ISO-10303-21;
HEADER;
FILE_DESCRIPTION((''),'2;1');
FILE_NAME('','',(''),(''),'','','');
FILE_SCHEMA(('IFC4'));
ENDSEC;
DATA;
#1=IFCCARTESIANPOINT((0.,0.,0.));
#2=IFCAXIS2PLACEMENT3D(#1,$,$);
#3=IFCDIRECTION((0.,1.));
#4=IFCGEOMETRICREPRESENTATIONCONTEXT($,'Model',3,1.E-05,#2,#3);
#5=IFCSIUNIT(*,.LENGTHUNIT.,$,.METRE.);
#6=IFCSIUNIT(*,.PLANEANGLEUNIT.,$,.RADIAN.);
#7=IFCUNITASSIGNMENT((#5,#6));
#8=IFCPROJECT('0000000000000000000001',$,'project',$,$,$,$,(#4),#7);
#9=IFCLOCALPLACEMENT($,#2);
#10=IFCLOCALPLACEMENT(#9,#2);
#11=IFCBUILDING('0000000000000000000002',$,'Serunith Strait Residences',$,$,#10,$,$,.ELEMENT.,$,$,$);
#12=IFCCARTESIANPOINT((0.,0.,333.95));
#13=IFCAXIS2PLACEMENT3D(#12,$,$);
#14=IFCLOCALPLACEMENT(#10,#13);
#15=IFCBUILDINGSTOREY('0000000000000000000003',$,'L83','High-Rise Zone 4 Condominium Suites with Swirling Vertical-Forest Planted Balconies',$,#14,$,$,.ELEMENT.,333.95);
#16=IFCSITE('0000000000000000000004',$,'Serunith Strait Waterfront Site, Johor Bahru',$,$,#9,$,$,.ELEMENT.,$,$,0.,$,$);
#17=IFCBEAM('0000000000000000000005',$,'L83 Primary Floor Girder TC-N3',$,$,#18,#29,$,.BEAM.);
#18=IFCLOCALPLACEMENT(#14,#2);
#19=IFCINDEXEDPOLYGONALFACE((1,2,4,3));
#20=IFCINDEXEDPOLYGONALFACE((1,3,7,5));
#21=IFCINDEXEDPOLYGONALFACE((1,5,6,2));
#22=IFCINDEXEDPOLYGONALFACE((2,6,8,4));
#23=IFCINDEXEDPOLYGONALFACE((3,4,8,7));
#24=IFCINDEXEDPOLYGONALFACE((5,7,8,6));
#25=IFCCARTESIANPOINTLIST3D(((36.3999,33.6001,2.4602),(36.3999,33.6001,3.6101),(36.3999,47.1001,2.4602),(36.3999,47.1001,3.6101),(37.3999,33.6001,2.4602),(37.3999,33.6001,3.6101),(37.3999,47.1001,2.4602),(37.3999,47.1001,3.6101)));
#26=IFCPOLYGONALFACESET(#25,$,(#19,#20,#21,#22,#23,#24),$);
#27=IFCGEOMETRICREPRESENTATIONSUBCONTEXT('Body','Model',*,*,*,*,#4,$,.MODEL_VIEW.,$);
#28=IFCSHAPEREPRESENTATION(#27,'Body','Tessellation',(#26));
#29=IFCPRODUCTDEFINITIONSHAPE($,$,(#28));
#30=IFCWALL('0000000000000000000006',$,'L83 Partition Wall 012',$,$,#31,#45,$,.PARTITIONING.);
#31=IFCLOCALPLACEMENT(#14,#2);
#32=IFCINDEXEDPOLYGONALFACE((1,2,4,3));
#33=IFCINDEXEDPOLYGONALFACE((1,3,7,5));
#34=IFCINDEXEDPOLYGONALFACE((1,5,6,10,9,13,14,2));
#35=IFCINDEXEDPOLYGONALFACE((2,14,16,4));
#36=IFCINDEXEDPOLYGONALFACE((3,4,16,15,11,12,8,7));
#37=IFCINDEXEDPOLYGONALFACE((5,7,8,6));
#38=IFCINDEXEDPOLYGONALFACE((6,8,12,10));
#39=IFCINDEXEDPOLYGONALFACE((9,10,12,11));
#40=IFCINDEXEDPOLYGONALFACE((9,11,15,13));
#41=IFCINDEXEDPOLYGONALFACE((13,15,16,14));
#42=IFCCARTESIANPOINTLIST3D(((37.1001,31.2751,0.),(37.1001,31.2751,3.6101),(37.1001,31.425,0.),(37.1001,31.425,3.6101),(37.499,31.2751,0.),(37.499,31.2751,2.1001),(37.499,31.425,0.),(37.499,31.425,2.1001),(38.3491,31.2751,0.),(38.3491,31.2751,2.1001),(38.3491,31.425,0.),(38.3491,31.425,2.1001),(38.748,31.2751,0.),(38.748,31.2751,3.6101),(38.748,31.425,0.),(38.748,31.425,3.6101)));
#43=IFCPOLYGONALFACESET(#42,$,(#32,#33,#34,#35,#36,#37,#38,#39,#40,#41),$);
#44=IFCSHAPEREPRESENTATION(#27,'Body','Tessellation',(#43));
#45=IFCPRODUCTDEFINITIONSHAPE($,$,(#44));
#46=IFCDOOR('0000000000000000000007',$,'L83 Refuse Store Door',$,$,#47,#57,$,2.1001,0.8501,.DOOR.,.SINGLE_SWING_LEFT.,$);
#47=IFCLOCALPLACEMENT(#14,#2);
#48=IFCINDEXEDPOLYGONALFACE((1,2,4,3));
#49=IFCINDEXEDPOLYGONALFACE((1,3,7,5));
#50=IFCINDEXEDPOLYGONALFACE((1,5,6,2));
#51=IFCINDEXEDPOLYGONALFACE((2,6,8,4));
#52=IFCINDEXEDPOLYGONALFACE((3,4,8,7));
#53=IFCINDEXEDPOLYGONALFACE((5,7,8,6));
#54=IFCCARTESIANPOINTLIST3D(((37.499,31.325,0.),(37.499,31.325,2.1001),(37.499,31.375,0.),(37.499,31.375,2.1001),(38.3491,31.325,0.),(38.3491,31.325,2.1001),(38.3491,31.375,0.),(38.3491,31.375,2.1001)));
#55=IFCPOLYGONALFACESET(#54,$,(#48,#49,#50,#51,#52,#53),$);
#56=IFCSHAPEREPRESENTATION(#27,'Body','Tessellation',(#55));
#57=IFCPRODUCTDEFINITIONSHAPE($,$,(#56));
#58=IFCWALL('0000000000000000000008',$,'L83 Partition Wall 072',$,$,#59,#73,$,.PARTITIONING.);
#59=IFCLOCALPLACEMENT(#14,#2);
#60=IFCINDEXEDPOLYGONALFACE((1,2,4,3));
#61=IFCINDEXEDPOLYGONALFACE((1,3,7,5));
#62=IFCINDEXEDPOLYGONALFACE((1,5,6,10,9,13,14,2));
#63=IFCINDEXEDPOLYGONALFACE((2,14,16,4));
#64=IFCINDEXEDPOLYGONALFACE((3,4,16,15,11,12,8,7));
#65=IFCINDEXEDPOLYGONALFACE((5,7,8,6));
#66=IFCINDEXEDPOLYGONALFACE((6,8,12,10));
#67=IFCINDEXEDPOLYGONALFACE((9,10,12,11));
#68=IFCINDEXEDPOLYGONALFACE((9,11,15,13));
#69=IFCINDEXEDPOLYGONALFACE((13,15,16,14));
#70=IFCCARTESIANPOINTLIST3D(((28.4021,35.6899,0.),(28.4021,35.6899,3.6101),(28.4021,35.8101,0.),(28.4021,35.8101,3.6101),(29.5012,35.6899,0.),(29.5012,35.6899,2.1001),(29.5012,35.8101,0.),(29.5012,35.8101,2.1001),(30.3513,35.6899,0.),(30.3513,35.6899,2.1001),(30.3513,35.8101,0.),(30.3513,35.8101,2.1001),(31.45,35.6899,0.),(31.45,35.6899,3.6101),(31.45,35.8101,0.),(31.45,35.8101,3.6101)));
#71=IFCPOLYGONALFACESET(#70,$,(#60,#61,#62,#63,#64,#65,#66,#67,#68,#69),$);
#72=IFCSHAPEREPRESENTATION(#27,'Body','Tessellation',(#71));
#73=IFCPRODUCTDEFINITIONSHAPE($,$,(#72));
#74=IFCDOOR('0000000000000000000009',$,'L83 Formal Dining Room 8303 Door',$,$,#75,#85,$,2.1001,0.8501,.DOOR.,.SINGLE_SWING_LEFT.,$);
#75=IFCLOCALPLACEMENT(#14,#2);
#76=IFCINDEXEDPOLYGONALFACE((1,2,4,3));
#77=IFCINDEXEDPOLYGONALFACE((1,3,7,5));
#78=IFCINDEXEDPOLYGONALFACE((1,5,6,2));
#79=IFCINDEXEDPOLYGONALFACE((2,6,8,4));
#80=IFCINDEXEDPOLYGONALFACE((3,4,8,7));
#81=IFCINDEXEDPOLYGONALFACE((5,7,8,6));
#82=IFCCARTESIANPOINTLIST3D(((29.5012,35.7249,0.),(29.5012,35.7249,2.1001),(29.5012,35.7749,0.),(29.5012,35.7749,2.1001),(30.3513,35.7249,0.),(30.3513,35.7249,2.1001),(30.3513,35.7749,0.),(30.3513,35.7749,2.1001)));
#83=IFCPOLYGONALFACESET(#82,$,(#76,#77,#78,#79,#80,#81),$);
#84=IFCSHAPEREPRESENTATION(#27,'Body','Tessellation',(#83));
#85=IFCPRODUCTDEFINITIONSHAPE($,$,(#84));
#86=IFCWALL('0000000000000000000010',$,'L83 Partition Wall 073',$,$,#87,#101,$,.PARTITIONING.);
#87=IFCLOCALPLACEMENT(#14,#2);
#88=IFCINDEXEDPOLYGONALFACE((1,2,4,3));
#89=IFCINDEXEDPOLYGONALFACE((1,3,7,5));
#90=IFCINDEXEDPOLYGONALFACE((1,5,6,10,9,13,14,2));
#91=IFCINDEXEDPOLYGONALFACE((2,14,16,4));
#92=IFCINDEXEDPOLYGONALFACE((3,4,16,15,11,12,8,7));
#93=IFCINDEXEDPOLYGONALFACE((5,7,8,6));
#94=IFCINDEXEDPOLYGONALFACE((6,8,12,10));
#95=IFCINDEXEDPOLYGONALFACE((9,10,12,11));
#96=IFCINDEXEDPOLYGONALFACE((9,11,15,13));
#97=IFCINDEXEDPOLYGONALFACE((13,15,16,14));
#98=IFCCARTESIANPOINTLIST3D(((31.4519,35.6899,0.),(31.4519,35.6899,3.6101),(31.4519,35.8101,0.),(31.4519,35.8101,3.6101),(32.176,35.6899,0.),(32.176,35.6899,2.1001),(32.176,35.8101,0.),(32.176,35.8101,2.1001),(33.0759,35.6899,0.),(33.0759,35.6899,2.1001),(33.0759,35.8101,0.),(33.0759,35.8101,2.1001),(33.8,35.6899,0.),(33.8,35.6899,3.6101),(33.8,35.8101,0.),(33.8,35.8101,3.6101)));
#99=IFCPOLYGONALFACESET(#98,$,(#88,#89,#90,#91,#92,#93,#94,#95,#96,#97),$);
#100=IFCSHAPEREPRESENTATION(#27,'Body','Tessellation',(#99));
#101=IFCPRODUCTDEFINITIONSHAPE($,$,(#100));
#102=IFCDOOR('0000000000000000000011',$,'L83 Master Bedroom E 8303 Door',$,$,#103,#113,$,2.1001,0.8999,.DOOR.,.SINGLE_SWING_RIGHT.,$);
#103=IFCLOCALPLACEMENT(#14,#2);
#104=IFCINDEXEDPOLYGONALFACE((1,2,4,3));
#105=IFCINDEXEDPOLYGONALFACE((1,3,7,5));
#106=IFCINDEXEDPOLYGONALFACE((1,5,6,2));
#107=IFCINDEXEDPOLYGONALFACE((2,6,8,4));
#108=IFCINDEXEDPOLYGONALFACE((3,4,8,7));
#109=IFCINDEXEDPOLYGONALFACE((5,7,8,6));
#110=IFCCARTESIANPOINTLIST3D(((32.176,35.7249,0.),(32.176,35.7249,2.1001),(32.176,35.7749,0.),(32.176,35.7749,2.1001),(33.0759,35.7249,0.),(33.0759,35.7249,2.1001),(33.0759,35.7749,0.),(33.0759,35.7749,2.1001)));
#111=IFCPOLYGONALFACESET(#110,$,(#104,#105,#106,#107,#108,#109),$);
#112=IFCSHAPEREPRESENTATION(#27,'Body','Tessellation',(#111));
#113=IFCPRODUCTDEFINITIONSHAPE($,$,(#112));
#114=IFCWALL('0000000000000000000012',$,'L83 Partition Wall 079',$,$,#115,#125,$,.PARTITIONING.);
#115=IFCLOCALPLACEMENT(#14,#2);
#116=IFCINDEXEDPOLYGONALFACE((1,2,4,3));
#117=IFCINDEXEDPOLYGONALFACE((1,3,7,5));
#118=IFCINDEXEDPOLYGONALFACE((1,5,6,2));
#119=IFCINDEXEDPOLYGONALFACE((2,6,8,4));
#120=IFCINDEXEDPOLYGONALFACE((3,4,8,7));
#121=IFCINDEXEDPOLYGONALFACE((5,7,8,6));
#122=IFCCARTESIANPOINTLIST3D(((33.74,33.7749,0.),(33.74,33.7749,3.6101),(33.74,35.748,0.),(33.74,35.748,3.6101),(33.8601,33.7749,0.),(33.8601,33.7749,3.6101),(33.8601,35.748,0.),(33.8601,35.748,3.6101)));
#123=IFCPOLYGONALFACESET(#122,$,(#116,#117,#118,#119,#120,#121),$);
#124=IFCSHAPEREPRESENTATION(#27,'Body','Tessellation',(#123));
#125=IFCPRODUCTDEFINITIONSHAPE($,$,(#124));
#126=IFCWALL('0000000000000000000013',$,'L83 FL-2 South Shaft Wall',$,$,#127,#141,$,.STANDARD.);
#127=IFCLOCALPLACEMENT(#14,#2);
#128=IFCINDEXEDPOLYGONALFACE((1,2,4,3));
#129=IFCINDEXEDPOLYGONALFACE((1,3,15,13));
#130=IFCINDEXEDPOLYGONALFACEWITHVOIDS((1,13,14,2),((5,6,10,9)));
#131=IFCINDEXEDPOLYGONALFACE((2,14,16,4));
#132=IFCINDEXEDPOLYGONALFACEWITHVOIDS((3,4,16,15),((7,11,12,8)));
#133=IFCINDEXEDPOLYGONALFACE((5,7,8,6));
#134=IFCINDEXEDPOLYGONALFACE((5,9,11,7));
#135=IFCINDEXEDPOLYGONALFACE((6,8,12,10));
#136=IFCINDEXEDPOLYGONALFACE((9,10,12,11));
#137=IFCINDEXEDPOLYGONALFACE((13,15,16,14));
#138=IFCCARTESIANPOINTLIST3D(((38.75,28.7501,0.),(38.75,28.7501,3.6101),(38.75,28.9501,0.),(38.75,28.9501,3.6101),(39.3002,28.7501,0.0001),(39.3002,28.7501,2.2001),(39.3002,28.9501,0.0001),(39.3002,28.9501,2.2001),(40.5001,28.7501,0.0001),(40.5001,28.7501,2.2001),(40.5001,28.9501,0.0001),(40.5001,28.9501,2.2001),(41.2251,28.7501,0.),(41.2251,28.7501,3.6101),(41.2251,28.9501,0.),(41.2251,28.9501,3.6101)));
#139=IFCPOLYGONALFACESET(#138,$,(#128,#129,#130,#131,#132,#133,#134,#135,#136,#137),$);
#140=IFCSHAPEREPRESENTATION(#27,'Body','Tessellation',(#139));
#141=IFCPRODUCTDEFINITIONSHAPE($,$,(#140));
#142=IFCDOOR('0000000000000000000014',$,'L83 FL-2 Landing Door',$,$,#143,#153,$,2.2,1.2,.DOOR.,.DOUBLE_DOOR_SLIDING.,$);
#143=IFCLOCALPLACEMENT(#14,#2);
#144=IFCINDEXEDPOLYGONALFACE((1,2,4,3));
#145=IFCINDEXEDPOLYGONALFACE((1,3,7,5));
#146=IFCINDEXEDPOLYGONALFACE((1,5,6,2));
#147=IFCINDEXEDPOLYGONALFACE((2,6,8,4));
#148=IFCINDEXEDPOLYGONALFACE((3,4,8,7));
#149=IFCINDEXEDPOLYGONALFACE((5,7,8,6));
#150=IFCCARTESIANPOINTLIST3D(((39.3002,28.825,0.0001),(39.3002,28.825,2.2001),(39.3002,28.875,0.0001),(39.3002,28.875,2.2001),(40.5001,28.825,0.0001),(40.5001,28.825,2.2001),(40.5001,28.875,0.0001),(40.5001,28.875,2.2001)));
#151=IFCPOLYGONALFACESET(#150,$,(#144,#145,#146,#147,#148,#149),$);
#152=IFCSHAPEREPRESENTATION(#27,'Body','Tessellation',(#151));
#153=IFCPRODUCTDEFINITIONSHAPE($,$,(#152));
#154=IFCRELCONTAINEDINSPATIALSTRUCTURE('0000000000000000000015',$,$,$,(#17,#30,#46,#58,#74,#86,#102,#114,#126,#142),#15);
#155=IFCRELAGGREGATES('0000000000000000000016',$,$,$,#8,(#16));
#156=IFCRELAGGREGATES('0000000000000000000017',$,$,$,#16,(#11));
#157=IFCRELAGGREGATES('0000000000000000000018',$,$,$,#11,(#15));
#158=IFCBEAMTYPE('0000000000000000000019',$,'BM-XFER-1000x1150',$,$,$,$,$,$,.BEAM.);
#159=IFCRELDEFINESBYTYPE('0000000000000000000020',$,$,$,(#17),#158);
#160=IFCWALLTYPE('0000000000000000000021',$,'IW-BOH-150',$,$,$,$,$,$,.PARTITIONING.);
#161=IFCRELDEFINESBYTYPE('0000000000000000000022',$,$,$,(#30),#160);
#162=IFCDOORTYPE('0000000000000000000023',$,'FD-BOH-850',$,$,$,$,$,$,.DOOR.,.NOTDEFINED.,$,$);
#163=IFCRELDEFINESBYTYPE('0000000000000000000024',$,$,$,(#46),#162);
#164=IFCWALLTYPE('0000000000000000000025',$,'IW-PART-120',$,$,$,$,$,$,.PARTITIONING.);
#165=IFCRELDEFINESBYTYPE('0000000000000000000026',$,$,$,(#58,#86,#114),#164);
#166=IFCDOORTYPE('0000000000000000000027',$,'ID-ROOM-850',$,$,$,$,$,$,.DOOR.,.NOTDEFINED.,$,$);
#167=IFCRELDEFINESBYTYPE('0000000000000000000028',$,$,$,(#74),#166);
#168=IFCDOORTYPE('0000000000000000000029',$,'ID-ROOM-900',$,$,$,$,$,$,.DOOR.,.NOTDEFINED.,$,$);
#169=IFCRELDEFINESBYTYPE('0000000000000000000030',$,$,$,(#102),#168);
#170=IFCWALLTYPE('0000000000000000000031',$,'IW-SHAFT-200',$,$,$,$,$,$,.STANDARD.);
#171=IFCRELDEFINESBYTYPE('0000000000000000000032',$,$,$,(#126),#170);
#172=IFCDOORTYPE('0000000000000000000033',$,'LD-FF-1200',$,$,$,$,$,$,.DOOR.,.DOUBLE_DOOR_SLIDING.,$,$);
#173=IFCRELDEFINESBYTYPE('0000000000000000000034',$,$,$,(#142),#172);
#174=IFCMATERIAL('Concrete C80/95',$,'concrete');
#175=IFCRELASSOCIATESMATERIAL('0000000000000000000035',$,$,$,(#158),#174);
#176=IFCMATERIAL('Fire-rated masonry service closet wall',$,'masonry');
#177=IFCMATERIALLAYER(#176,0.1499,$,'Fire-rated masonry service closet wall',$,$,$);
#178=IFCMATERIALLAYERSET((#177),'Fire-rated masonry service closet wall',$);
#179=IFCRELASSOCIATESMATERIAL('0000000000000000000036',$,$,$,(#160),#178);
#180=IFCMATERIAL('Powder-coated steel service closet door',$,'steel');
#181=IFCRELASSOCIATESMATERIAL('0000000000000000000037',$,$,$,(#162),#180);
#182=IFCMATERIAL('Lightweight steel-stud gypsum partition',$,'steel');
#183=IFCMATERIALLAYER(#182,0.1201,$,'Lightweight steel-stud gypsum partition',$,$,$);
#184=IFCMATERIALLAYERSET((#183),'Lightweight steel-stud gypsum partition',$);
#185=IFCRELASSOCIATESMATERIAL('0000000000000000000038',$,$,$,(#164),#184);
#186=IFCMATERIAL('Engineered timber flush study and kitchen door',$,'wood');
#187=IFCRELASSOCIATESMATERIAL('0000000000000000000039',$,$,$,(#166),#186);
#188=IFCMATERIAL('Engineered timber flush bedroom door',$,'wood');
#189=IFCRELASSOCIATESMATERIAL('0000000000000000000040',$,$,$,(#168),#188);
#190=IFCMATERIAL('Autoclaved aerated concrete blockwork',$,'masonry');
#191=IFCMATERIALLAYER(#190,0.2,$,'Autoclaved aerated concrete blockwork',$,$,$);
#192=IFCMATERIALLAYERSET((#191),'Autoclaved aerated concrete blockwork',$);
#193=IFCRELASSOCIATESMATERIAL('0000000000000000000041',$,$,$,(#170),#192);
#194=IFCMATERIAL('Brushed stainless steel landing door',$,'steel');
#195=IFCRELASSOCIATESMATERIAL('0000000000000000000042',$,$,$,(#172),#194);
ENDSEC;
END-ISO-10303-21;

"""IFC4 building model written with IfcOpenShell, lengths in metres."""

from ifc_helpers import new_model, si_unit, direction, frame, frame_2d, origin, origin_2d, place, context, subcontext, project, spatial, rectangle, extrude, source, transform, mapped, material, layer, layer_set, material_profile, profile_set, type_object, element, fill, save


model = new_model("IFC4")

# Units and contexts
model_context = context("Model", 3, precision=1e-05, world=origin(), true_north=direction((0.0, 1.0)))
body_context = subcontext(model_context, "Body", "Model", "MODEL_VIEW")
ifc_project = project(units=[si_unit("LENGTHUNIT", "METRE"), si_unit("PLANEANGLEUNIT", "RADIAN")], contexts=[model_context])

# Site, building, storey
site_placement = place(None, origin())
site = spatial("IfcSite", under=ifc_project, at=site_placement, Name="Serunith Strait Waterfront Site, Johor Bahru", CompositionType="ELEMENT", RefElevation=0.0)
building_placement = place(site_placement, origin())
building = spatial("IfcBuilding", under=site, at=building_placement, Name="Serunith Strait Residences", CompositionType="ELEMENT")
storey_placement = place(building_placement, frame((0.0, 0.0, 333.95)))
storey = spatial("IfcBuildingStorey", under=building, at=storey_placement, Name="L83", Description="High-Rise Zone 4 Condominium Suites with Swirling Vertical-Forest Planted Balconies", CompositionType="ELEMENT", Elevation=333.95)

# Beam
ifc_material_1 = material(Name="Concrete C80/95", Category="concrete")
ifc_material_profile = material_profile(ifc_material_1, rectangle(XDim=1.0, YDim=1.1499, at=origin_2d()), Name="RC 1000x1150")
ifc_profile_set = profile_set([ifc_material_profile], Name="Concrete C80/95")
beam_type = type_object("IfcBeamType", Name="BM-XFER-1000x1150", PredefinedType="BEAM", material=ifc_profile_set)
shared_shape_1 = source(origin(), body_context, "Body", "SweptSolid", [
    extrude(rectangle(XDim=1.0, YDim=1.1499, at=origin_2d()), origin(), (0.0, 0.0, 1.0), 13.5),
])
beam_placement = place(storey_placement, frame((36.8999, 33.6001, 3.0352), z_axis=(0.0, 1.0, 0.0), x_axis=(-1.0, 0.0, 0.0)))
element("IfcBeam", 1, at=beam_placement, inside=storey, type_object=beam_type, Name="L83 Primary Floor Girder TC-N3", PredefinedType="BEAM", context=body_context, shape_type="MappedRepresentation", body=[
    mapped(shared_shape_1, transform((0.0, 0.0, 0.0), scale=1.0)),
])

# Walls, openings, doors
ifc_material_2 = material(Name="Fire-rated masonry service closet wall", Category="masonry")
ifc_layer_1 = layer(ifc_material_2, 0.1499, Name="Fire-rated masonry service closet wall")
ifc_layer_set_1 = layer_set([ifc_layer_1], Name="Fire-rated masonry service closet wall")
wall_type_1 = type_object("IfcWallType", Name="IW-BOH-150", PredefinedType="PARTITIONING", material=ifc_layer_set_1)
wall_1_placement = place(storey_placement, frame((37.1001, 31.3501, 0.0), z_axis=(0.0, 0.0, 1.0), x_axis=(1.0, 0.0, 0.0)))
wall_1 = element("IfcWall", 2, at=wall_1_placement, inside=storey, type_object=wall_type_1, Name="L83 Partition Wall 012", PredefinedType="PARTITIONING", context=body_context, shape_type="SweptSolid", body=[
    extrude(rectangle(XDim=1.6479, YDim=0.1499, at=frame_2d((0.824, 0.0))), origin(), (0.0, 0.0, 1.0), 3.6101),
])
opening_1_placement = place(wall_1_placement, frame((0.3989, 0.0, 0.0)))
opening_1 = element("IfcOpeningElement", 3, at=opening_1_placement, cuts=wall_1, PredefinedType="OPENING", context=body_context, shape_type="SweptSolid", body=[
    extrude(rectangle(XDim=0.8501, YDim=2.1001, at=frame_2d((0.425, 1.05))), frame((0.0, 0.085, 0.0), z_axis=(0.0, -1.0, 0.0), x_axis=(1.0, 0.0, 0.0)), (0.0, 0.0, 1.0), 0.1699),
])
ifc_material_3 = material(Name="Powder-coated steel service closet door", Category="steel")
door_type_1 = type_object("IfcDoorType", Name="FD-BOH-850", OperationType="NOTDEFINED", PredefinedType="DOOR", material=ifc_material_3)
shared_shape_2 = source(origin(), body_context, "Body", "SweptSolid", [
    extrude(rectangle(XDim=0.8501, YDim=2.1001, at=frame_2d((0.425, 1.05))), frame((0.0, 0.0249, 0.0), z_axis=(0.0, -1.0, 0.0), x_axis=(1.0, 0.0, 0.0)), (0.0, 0.0, 1.0), 0.05),
])
door_1_placement = place(opening_1_placement, origin())
door_1 = element("IfcDoor", 4, at=door_1_placement, inside=storey, type_object=door_type_1, Name="L83 Refuse Store Door", OperationType="SINGLE_SWING_LEFT", OverallHeight=2.1001, OverallWidth=0.8501, PredefinedType="DOOR", context=body_context, shape_type="MappedRepresentation", body=[
    mapped(shared_shape_2, transform((0.0, 0.0, 0.0), scale=1.0)),
])
fill(opening_1, door_1)
ifc_material_4 = material(Name="Lightweight steel-stud gypsum partition", Category="steel")
ifc_layer_2 = layer(ifc_material_4, 0.1201, Name="Lightweight steel-stud gypsum partition")
ifc_layer_set_2 = layer_set([ifc_layer_2], Name="Lightweight steel-stud gypsum partition")
wall_type_2 = type_object("IfcWallType", Name="IW-PART-120", PredefinedType="PARTITIONING", material=ifc_layer_set_2)
wall_2_placement = place(storey_placement, frame((28.4021, 35.75, 0.0), z_axis=(0.0, 0.0, 1.0), x_axis=(1.0, 0.0, 0.0)))
wall_2 = element("IfcWall", 5, at=wall_2_placement, inside=storey, type_object=wall_type_2, Name="L83 Partition Wall 072", PredefinedType="PARTITIONING", context=body_context, shape_type="SweptSolid", body=[
    extrude(rectangle(XDim=3.0479, YDim=0.1201, at=frame_2d((1.5239, 0.0))), origin(), (0.0, 0.0, 1.0), 3.6101),
])
opening_2_placement = place(wall_2_placement, frame((1.0991, 0.0, 0.0)))
opening_2 = element("IfcOpeningElement", 6, at=opening_2_placement, cuts=wall_2, PredefinedType="OPENING", context=body_context, shape_type="SweptSolid", body=[
    extrude(rectangle(XDim=0.8501, YDim=2.1001, at=frame_2d((0.425, 1.05))), frame((0.0, 0.0701, 0.0), z_axis=(0.0, -1.0, 0.0), x_axis=(1.0, 0.0, 0.0)), (0.0, 0.0, 1.0), 0.1401),
])
ifc_material_5 = material(Name="Engineered timber flush study and kitchen door", Category="wood")
door_type_2 = type_object("IfcDoorType", Name="ID-ROOM-850", OperationType="NOTDEFINED", PredefinedType="DOOR", material=ifc_material_5)
door_2_placement = place(opening_2_placement, origin())
door_2 = element("IfcDoor", 7, at=door_2_placement, inside=storey, type_object=door_type_2, Name="L83 Formal Dining Room 8303 Door", OperationType="SINGLE_SWING_LEFT", OverallHeight=2.1001, OverallWidth=0.8501, PredefinedType="DOOR", context=body_context, shape_type="MappedRepresentation", body=[
    mapped(shared_shape_2, transform((0.0, 0.0, 0.0), scale=1.0)),
])
fill(opening_2, door_2)
wall_3_placement = place(storey_placement, frame((31.4519, 35.75, 0.0), z_axis=(0.0, 0.0, 1.0), x_axis=(1.0, 0.0, 0.0)))
wall_3 = element("IfcWall", 8, at=wall_3_placement, inside=storey, type_object=wall_type_2, Name="L83 Partition Wall 073", PredefinedType="PARTITIONING", context=body_context, shape_type="SweptSolid", body=[
    extrude(rectangle(XDim=2.3481, YDim=0.1201, at=frame_2d((1.1741, 0.0))), origin(), (0.0, 0.0, 1.0), 3.6101),
])
opening_3_placement = place(wall_3_placement, frame((0.7241, 0.0, 0.0)))
opening_3 = element("IfcOpeningElement", 9, at=opening_3_placement, cuts=wall_3, PredefinedType="OPENING", context=body_context, shape_type="SweptSolid", body=[
    extrude(rectangle(XDim=0.8999, YDim=2.1001, at=frame_2d((0.45, 1.05))), frame((0.0, 0.0701, 0.0), z_axis=(0.0, -1.0, 0.0), x_axis=(1.0, 0.0, 0.0)), (0.0, 0.0, 1.0), 0.1401),
])
ifc_material_6 = material(Name="Engineered timber flush bedroom door", Category="wood")
door_type_3 = type_object("IfcDoorType", Name="ID-ROOM-900", OperationType="NOTDEFINED", PredefinedType="DOOR", material=ifc_material_6)
shared_shape_3 = source(origin(), body_context, "Body", "SweptSolid", [
    extrude(rectangle(XDim=0.8999, YDim=2.1001, at=frame_2d((0.45, 1.05))), frame((0.0, 0.0249, 0.0), z_axis=(0.0, -1.0, 0.0), x_axis=(1.0, 0.0, 0.0)), (0.0, 0.0, 1.0), 0.05),
])
door_3_placement = place(opening_3_placement, origin())
door_3 = element("IfcDoor", 10, at=door_3_placement, inside=storey, type_object=door_type_3, Name="L83 Master Bedroom E 8303 Door", OperationType="SINGLE_SWING_RIGHT", OverallHeight=2.1001, OverallWidth=0.8999, PredefinedType="DOOR", context=body_context, shape_type="MappedRepresentation", body=[
    mapped(shared_shape_3, transform((0.0, 0.0, 0.0), scale=1.0)),
])
fill(opening_3, door_3)

# Wall
wall_4_placement = place(storey_placement, frame((33.8, 35.748, 0.0), z_axis=(0.0, 0.0, 1.0), x_axis=(0.0, -1.0, 0.0)))
element("IfcWall", 11, at=wall_4_placement, inside=storey, type_object=wall_type_2, Name="L83 Partition Wall 079", PredefinedType="PARTITIONING", context=body_context, shape_type="SweptSolid", body=[
    extrude(rectangle(XDim=1.9731, YDim=0.1201, at=frame_2d((0.9866, 0.0))), origin(), (0.0, 0.0, 1.0), 3.6101),
])

# Wall, opening, door
ifc_material_7 = material(Name="Autoclaved aerated concrete blockwork", Category="masonry")
ifc_layer_3 = layer(ifc_material_7, 0.2, Name="Autoclaved aerated concrete blockwork")
ifc_layer_set_3 = layer_set([ifc_layer_3], Name="Autoclaved aerated concrete blockwork")
wall_type_3 = type_object("IfcWallType", Name="IW-SHAFT-200", PredefinedType="STANDARD", material=ifc_layer_set_3)
wall_5_placement = place(storey_placement, frame((38.75, 28.8501, 0.0), z_axis=(0.0, 0.0, 1.0), x_axis=(1.0, 0.0, 0.0)))
wall_5 = element("IfcWall", 12, at=wall_5_placement, inside=storey, type_object=wall_type_3, Name="L83 FL-2 South Shaft Wall", PredefinedType="STANDARD", context=body_context, shape_type="SweptSolid", body=[
    extrude(rectangle(XDim=2.4751, YDim=0.2, at=frame_2d((1.2375, 0.0))), origin(), (0.0, 0.0, 1.0), 3.6101),
])
opening_4_placement = place(wall_5_placement, frame((0.55, 0.0, 0.0)))
opening_4 = element("IfcOpeningElement", 13, at=opening_4_placement, cuts=wall_5, PredefinedType="OPENING", context=body_context, shape_type="SweptSolid", body=[
    extrude(rectangle(XDim=1.2, YDim=2.2, at=frame_2d((0.6001, 1.1001))), frame((0.0, 0.1099, 0.0), z_axis=(0.0, -1.0, 0.0), x_axis=(1.0, 0.0, 0.0)), (0.0, 0.0, 1.0), 0.22),
])
ifc_material_8 = material(Name="Brushed stainless steel landing door", Category="steel")
door_type_4 = type_object("IfcDoorType", Name="LD-FF-1200", OperationType="DOUBLE_DOOR_SLIDING", PredefinedType="DOOR", material=ifc_material_8)
shared_shape_4 = source(origin(), body_context, "Body", "SweptSolid", [
    extrude(rectangle(XDim=1.2, YDim=2.2, at=frame_2d((0.6001, 1.1001))), frame((0.0, 0.0249, 0.0), z_axis=(0.0, -1.0, 0.0), x_axis=(1.0, 0.0, 0.0)), (0.0, 0.0, 1.0), 0.05),
])
door_4_placement = place(opening_4_placement, origin())
door_4 = element("IfcDoor", 14, at=door_4_placement, inside=storey, type_object=door_type_4, Name="L83 FL-2 Landing Door", OperationType="DOUBLE_DOOR_SLIDING", OverallHeight=2.2, OverallWidth=1.2, PredefinedType="DOOR", context=body_context, shape_type="MappedRepresentation", body=[
    mapped(shared_shape_4, transform((0.0, 0.0, 0.0), scale=1.0)),
])
fill(opening_4, door_4)

save(model, "model.ifc")
